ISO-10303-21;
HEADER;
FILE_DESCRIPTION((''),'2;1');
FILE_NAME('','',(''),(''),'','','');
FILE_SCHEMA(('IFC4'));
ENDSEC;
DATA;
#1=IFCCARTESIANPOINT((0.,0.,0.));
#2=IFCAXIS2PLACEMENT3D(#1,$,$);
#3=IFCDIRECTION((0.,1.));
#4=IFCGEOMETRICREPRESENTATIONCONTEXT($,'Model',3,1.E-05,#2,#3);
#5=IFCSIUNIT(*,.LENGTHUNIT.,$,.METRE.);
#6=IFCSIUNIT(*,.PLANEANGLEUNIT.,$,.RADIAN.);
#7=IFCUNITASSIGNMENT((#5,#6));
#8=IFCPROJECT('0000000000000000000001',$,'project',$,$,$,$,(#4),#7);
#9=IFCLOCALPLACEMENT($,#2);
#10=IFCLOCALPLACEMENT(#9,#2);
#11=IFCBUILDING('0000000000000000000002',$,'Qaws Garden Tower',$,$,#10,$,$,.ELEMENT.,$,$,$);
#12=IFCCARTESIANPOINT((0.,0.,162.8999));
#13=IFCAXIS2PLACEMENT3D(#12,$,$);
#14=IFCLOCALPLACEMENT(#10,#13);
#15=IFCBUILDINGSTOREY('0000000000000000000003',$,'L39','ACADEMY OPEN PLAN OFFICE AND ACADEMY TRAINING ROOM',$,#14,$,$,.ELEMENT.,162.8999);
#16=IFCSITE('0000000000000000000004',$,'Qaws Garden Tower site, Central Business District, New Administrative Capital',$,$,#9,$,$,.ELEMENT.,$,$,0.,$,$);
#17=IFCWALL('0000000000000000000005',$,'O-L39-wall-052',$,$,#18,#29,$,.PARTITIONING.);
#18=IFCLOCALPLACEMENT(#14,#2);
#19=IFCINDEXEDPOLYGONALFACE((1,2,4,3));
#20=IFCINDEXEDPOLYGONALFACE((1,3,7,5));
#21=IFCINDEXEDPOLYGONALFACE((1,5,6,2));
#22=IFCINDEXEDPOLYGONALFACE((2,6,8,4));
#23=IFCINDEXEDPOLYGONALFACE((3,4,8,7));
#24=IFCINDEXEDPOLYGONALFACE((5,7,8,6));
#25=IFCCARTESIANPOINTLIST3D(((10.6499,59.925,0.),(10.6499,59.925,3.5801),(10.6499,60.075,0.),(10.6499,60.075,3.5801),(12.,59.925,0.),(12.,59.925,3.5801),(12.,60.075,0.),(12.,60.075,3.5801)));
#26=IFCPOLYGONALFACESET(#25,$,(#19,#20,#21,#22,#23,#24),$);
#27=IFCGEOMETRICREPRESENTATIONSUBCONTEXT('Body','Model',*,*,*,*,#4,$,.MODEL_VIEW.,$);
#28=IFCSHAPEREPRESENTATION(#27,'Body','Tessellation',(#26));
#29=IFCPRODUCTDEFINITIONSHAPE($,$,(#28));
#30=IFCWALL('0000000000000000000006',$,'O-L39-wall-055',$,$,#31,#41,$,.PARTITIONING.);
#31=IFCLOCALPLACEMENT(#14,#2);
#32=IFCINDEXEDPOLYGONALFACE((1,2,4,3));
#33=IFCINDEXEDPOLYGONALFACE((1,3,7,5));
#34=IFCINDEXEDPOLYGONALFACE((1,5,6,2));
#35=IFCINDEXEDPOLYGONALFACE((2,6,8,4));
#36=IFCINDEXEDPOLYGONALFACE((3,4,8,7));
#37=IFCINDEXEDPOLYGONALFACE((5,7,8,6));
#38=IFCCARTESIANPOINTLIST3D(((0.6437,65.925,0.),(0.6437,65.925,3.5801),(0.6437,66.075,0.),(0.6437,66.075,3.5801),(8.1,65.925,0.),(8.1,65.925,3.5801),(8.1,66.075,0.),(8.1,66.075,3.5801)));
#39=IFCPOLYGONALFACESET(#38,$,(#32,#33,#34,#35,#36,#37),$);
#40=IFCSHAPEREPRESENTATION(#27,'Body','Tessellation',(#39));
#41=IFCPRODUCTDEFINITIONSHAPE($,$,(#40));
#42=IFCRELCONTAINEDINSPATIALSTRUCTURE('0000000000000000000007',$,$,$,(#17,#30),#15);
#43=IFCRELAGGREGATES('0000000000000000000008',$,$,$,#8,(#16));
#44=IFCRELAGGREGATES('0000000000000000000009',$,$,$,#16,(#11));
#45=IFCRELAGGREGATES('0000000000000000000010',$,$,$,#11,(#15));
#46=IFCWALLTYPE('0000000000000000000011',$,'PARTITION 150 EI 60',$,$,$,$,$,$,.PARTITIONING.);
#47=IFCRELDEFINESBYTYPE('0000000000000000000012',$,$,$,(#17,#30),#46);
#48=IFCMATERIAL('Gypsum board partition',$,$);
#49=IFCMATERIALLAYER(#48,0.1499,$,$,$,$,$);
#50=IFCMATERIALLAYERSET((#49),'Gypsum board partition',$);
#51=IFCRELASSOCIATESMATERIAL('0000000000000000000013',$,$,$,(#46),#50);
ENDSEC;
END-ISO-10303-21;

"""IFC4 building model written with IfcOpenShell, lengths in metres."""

from ifc_helpers import new_model, si_unit, direction, frame, frame_2d, origin, place, context, subcontext, project, spatial, rectangle, extrude, material, layer, layer_set, type_object, element, save


model = new_model("IFC4")

# Units and contexts
model_context = context("Model", 3, precision=1e-05, world=origin(), true_north=direction((0.0, 1.0)))
body_context = subcontext(model_context, "Body", "Model", "MODEL_VIEW")
ifc_project = project(units=[si_unit("LENGTHUNIT", "METRE"), si_unit("PLANEANGLEUNIT", "RADIAN")], contexts=[model_context])

# Site, building, storey
site_placement = place(None, origin())
site = spatial("IfcSite", under=ifc_project, at=site_placement, Name="Qaws Garden Tower site, Central Business District, New Administrative Capital", CompositionType="ELEMENT", RefElevation=0.0)
building_placement = place(site_placement, origin())
building = spatial("IfcBuilding", under=site, at=building_placement, Name="Qaws Garden Tower", CompositionType="ELEMENT")
storey_placement = place(building_placement, frame((0.0, 0.0, 162.8999)))
storey = spatial("IfcBuildingStorey", under=building, at=storey_placement, Name="L39", Description="ACADEMY OPEN PLAN OFFICE AND ACADEMY TRAINING ROOM", CompositionType="ELEMENT", Elevation=162.8999)

# Shared definitions
ifc_material_1 = material(Name="Gypsum board partition")
ifc_layer_1 = layer(ifc_material_1, 0.1499)
ifc_layer_set_1 = layer_set([ifc_layer_1], Name="Gypsum board partition")
wall_type_1 = type_object("IfcWallType", Name="PARTITION 150 EI 60", PredefinedType="PARTITIONING", material=ifc_layer_set_1)

# Walls
wall_1_placement = place(storey_placement, frame((10.6499, 60.0, 0.0), z_axis=(0.0, 0.0, 1.0), x_axis=(1.0, 0.0, 0.0)))
element("IfcWall", 1, at=wall_1_placement, inside=storey, type_object=wall_type_1, Name="O-L39-wall-052", PredefinedType="PARTITIONING", context=body_context, shape_type="SweptSolid", body=[
    extrude(rectangle(XDim=1.3501, YDim=0.1499, at=frame_2d((0.675, 0.0))), origin(), (0.0, 0.0, 1.0), 3.5801),
])
wall_2_placement = place(storey_placement, frame((0.6438, 66.0, 0.0), z_axis=(0.0, 0.0, 1.0), x_axis=(1.0, 0.0, 0.0)))
element("IfcWall", 2, at=wall_2_placement, inside=storey, type_object=wall_type_1, Name="O-L39-wall-055", PredefinedType="PARTITIONING", context=body_context, shape_type="SweptSolid", body=[
    extrude(rectangle(XDim=7.4563, YDim=0.1499, at=frame_2d((3.728, 0.0))), origin(), (0.0, 0.0, 1.0), 3.5801),
])

save(model, "model.ifc")
